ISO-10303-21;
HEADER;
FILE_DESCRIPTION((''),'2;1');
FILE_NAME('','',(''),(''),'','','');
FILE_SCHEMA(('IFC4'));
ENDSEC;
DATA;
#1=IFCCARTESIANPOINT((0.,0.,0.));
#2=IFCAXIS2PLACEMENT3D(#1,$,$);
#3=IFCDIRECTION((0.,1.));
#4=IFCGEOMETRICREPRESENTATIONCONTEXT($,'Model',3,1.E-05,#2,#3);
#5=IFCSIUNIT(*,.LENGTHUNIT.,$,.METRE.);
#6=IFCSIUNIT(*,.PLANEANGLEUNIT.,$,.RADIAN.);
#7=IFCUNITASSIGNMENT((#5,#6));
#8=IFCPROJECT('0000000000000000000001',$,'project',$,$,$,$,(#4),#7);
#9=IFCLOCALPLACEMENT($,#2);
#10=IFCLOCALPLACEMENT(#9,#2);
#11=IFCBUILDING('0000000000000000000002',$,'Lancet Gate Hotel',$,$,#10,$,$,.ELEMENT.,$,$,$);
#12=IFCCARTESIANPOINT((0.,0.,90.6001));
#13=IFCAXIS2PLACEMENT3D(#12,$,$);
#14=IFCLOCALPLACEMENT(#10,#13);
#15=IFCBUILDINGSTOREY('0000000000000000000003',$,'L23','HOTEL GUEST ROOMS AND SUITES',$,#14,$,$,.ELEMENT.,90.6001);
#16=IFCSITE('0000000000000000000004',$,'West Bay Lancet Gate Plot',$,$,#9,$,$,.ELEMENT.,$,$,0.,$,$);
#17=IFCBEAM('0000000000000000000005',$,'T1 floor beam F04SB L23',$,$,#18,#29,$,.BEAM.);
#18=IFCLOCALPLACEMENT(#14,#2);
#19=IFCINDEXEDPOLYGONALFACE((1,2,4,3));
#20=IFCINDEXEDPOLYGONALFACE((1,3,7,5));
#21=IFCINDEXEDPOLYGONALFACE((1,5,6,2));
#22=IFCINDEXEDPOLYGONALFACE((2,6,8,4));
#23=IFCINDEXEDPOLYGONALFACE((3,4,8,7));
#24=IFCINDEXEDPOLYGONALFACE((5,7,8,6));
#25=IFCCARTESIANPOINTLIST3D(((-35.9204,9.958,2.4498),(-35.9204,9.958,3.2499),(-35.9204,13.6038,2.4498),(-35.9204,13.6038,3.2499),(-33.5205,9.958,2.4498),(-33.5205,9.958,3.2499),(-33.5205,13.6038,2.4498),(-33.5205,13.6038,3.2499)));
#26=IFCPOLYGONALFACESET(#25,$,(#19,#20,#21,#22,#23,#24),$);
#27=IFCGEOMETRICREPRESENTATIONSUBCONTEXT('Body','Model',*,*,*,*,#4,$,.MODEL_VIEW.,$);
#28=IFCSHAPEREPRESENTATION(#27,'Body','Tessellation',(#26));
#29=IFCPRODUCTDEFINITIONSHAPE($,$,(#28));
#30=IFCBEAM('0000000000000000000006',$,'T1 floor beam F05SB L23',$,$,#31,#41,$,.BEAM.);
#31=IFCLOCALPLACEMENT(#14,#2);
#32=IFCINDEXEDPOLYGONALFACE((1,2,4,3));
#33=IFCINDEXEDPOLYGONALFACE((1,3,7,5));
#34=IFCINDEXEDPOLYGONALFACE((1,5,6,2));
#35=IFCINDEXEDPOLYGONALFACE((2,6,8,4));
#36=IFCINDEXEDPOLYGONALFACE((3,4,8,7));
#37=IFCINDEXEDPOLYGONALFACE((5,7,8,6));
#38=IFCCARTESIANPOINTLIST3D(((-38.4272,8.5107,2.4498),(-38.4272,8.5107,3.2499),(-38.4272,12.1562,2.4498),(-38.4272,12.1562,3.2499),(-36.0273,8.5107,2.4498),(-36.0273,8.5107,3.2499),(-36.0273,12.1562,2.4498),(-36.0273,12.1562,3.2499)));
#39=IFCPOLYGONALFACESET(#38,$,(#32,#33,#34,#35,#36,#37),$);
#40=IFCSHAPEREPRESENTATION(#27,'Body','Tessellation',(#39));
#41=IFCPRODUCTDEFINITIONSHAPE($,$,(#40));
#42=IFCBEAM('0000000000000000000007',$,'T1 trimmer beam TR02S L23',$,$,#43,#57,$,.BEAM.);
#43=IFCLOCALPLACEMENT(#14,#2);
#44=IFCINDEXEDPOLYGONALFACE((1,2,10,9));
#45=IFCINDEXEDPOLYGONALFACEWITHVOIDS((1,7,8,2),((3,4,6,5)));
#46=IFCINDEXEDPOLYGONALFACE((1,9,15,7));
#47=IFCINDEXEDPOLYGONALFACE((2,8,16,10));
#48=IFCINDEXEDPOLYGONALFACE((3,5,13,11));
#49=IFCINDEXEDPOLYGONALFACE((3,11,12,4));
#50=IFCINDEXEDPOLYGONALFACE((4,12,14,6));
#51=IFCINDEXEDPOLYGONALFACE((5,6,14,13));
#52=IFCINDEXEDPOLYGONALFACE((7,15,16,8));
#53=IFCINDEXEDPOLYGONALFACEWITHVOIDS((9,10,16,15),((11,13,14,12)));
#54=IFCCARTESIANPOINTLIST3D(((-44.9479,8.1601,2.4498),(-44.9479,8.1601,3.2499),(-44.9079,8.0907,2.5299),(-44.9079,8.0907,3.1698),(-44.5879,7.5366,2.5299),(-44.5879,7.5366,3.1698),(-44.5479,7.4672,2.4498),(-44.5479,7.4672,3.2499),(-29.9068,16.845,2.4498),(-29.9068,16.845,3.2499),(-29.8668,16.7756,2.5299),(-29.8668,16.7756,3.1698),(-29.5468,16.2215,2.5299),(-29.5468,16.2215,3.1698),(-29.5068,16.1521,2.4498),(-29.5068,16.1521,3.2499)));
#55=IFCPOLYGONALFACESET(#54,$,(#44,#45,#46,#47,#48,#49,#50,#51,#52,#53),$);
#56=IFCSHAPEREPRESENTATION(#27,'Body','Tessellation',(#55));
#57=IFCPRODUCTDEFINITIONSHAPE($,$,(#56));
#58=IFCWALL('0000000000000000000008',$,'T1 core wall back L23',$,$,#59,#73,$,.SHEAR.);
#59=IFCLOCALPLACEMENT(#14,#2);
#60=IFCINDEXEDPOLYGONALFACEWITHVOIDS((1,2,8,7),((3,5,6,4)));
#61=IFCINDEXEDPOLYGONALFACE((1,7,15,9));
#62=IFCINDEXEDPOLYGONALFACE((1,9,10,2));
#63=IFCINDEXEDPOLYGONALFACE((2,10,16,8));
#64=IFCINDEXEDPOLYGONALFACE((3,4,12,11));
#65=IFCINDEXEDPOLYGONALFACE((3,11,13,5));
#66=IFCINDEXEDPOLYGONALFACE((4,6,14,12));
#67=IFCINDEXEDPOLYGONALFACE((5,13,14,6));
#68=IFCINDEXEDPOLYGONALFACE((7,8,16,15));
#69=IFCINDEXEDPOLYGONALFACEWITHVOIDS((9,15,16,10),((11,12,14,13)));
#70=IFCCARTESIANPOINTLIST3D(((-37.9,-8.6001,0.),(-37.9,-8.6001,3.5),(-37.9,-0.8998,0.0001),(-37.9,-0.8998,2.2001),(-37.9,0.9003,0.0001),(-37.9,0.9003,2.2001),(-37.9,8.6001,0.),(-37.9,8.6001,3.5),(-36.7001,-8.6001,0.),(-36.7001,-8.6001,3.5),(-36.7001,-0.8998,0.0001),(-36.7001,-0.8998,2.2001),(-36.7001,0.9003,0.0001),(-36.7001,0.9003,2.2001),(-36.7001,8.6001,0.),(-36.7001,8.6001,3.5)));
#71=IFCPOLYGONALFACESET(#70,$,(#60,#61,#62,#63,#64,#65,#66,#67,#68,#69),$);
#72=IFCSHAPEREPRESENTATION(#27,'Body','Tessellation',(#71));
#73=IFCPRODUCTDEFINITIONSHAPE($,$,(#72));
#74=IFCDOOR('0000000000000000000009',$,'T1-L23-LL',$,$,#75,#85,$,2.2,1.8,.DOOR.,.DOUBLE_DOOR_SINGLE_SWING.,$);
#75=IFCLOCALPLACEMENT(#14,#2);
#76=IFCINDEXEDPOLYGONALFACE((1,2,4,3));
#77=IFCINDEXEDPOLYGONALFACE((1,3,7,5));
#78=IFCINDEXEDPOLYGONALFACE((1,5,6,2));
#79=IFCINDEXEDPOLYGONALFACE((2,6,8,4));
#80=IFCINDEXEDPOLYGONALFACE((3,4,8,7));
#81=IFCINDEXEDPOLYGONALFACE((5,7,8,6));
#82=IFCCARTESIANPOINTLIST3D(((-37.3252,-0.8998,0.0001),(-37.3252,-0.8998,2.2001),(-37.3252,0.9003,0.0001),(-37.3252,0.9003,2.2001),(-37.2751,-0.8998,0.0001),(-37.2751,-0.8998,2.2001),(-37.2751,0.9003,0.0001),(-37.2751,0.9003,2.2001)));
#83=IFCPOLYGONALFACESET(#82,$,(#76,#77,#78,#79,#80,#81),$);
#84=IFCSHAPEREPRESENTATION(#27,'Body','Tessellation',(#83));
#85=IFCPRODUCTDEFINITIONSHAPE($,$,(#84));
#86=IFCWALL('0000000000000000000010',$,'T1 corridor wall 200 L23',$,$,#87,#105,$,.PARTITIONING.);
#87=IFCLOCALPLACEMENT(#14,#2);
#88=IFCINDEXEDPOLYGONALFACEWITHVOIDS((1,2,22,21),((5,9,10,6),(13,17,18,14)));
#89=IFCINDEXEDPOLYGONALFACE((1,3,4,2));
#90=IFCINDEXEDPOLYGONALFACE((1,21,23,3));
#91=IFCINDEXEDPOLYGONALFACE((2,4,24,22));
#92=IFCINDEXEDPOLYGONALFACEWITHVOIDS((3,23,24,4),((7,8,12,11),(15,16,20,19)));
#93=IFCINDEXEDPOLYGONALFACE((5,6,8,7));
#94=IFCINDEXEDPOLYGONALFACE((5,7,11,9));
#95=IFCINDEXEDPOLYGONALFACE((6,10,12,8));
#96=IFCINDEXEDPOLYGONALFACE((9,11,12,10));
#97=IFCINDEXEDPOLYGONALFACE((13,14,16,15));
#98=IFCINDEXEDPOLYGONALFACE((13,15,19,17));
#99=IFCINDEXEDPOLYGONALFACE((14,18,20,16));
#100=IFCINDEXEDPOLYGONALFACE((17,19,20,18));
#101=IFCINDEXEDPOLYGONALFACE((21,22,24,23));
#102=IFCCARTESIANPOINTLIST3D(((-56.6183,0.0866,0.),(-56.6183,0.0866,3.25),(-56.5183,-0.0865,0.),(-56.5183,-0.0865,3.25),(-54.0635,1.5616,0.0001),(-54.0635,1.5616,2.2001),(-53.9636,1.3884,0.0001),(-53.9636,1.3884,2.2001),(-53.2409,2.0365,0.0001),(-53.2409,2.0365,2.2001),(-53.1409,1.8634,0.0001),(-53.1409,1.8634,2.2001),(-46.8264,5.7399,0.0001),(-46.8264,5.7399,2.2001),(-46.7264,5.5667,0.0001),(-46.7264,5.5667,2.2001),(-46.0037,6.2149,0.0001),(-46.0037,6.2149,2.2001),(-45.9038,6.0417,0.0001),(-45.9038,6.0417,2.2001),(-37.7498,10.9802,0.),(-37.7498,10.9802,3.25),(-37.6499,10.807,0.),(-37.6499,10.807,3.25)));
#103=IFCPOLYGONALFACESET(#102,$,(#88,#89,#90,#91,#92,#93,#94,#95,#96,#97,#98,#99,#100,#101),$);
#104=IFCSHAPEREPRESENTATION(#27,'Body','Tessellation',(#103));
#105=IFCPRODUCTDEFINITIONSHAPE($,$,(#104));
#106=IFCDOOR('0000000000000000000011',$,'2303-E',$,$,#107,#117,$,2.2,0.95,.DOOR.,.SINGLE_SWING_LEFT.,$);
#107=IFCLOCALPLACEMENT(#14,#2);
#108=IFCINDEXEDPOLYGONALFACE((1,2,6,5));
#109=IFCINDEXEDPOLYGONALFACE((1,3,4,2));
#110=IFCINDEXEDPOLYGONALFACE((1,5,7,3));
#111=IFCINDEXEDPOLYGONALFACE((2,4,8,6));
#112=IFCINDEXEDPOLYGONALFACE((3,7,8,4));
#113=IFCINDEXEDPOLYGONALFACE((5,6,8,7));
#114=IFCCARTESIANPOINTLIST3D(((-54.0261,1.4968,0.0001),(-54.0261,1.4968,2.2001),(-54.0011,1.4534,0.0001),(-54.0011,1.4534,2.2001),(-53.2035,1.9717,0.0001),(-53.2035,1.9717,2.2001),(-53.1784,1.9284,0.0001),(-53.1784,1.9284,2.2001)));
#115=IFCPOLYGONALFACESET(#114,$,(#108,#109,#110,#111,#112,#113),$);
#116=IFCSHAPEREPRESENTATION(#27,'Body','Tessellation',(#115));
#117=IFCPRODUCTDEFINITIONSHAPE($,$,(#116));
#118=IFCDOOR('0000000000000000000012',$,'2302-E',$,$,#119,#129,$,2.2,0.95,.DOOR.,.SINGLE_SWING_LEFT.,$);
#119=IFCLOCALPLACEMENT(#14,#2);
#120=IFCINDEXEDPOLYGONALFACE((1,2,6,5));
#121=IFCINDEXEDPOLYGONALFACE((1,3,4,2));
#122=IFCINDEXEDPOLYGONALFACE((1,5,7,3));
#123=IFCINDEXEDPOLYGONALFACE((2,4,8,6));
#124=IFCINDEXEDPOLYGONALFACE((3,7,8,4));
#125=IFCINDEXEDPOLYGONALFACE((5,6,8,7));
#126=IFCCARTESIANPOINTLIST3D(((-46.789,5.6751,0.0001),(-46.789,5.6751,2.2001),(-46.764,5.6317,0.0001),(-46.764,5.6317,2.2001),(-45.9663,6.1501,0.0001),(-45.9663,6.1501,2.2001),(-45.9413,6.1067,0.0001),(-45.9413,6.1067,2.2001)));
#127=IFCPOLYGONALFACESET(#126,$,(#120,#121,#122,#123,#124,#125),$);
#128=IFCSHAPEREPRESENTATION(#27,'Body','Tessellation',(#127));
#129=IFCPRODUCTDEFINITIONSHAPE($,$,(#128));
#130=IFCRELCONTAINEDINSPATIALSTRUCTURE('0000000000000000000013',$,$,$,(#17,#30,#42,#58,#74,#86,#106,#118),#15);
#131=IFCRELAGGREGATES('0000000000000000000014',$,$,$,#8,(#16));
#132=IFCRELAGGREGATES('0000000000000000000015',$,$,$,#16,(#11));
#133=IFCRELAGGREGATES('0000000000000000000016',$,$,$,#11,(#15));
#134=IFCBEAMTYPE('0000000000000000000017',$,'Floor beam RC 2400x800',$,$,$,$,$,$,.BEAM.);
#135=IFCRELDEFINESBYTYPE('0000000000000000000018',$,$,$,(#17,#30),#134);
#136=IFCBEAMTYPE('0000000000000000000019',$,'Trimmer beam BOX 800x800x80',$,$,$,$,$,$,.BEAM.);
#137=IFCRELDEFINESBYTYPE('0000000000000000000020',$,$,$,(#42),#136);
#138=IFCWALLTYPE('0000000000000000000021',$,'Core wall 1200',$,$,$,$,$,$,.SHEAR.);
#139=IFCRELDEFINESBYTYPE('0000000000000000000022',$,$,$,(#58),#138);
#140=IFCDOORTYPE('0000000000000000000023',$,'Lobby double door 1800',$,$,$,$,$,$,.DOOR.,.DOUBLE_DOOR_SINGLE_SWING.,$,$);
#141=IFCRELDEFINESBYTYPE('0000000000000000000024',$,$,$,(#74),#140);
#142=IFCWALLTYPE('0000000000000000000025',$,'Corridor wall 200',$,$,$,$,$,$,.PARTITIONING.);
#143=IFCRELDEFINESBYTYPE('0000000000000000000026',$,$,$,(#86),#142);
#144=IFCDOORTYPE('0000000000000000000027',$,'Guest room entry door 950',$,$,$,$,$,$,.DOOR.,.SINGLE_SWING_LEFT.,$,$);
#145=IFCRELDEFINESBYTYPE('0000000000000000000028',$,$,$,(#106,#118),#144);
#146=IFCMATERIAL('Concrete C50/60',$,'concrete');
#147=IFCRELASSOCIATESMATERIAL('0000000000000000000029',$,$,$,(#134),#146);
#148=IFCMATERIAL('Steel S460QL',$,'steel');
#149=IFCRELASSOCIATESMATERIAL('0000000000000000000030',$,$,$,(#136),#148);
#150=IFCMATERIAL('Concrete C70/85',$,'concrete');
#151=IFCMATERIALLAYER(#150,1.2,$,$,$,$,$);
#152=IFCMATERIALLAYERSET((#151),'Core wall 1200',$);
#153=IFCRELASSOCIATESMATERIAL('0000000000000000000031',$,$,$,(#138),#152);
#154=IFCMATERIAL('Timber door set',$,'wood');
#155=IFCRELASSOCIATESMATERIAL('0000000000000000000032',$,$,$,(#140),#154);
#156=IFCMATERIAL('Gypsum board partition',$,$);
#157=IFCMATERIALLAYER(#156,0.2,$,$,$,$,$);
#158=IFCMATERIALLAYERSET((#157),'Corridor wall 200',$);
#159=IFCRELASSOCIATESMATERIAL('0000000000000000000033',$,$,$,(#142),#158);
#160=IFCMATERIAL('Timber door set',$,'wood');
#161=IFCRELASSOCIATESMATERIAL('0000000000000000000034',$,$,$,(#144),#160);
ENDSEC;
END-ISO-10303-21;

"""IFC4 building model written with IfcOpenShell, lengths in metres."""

from ifc_helpers import new_model, si_unit, direction, frame, frame_2d, origin, origin_2d, place, context, subcontext, project, spatial, rectangle, hollow_rectangle, extrude, material, layer, layer_set, material_profile, profile_set, type_object, element, fill, save


model = new_model("IFC4")

# Units and contexts
model_context = context("Model", 3, precision=1e-05, world=origin(), true_north=direction((0.0, 1.0)))
body_context = subcontext(model_context, "Body", "Model", "MODEL_VIEW")
ifc_project = project(units=[si_unit("LENGTHUNIT", "METRE"), si_unit("PLANEANGLEUNIT", "RADIAN")], contexts=[model_context])

# Site, building, storey
site_placement = place(None, origin())
site = spatial("IfcSite", under=ifc_project, at=site_placement, Name="West Bay Lancet Gate Plot", CompositionType="ELEMENT", RefElevation=0.0)
building_placement = place(site_placement, origin())
building = spatial("IfcBuilding", under=site, at=building_placement, Name="Lancet Gate Hotel", CompositionType="ELEMENT")
storey_placement = place(building_placement, frame((0.0, 0.0, 90.6001)))
storey = spatial("IfcBuildingStorey", under=building, at=storey_placement, Name="L23", Description="HOTEL GUEST ROOMS AND SUITES", CompositionType="ELEMENT", Elevation=90.6001)

# Beams
ifc_material_1 = material(Name="Concrete C50/60", Category="concrete")
ifc_material_profile_1 = material_profile(ifc_material_1, rectangle(XDim=2.3999, YDim=0.8, at=origin_2d()), Name="RC 2400x800")
ifc_profile_set_1 = profile_set([ifc_material_profile_1], Name="Concrete C50/60")
beam_type_1 = type_object("IfcBeamType", Name="Floor beam RC 2400x800", PredefinedType="BEAM", material=ifc_profile_set_1)
beam_1_placement = place(storey_placement, frame((-34.7205, 13.6038, 2.8499), z_axis=(0.0, -1.0, 0.0), x_axis=(1.0, 0.0, 0.0)))
element("IfcBeam", 1, at=beam_1_placement, inside=storey, type_object=beam_type_1, Name="T1 floor beam F04SB L23", PredefinedType="BEAM", context=body_context, shape_type="SweptSolid", body=[
    extrude(rectangle(XDim=2.3999, YDim=0.8, at=origin_2d()), origin(), (0.0, 0.0, 1.0), 3.6458),
])
beam_2_placement = place(storey_placement, frame((-37.2273, 12.1562, 2.8499), z_axis=(0.0, -1.0, 0.0), x_axis=(1.0, 0.0, 0.0)))
element("IfcBeam", 2, at=beam_2_placement, inside=storey, type_object=beam_type_1, Name="T1 floor beam F05SB L23", PredefinedType="BEAM", context=body_context, shape_type="SweptSolid", body=[
    extrude(rectangle(XDim=2.3999, YDim=0.8, at=origin_2d()), origin(), (0.0, 0.0, 1.0), 3.6455),
])
ifc_material_2 = material(Name="Steel S460QL", Category="steel")
ifc_material_profile_2 = material_profile(ifc_material_2, hollow_rectangle(XDim=0.8, YDim=0.8, WallThickness=0.0801, at=origin_2d()), Name="BOX 800x800x80")
ifc_profile_set_2 = profile_set([ifc_material_profile_2], Name="Steel S460QL")
beam_type_2 = type_object("IfcBeamType", Name="Trimmer beam BOX 800x800x80", PredefinedType="BEAM", material=ifc_profile_set_2)
beam_3_placement = place(storey_placement, frame((-29.7068, 16.4985, 2.8499), z_axis=(-0.866003, -0.500038, 0.0), x_axis=(0.500038, -0.866003, 0.0)))
element("IfcBeam", 3, at=beam_3_placement, inside=storey, type_object=beam_type_2, Name="T1 trimmer beam TR02S L23", PredefinedType="BEAM", context=body_context, shape_type="SweptSolid", body=[
    extrude(hollow_rectangle(XDim=0.8, YDim=0.8, WallThickness=0.0801, at=origin_2d()), origin(), (0.0, 0.0, 1.0), 17.3684),
])

# Wall, opening, door
ifc_material_3 = material(Name="Concrete C70/85", Category="concrete")
ifc_layer_1 = layer(ifc_material_3, 1.2)
ifc_layer_set_1 = layer_set([ifc_layer_1], Name="Core wall 1200")
wall_type_1 = type_object("IfcWallType", Name="Core wall 1200", PredefinedType="SHEAR", material=ifc_layer_set_1)
wall_1_placement = place(storey_placement, frame((-37.3, 8.6001, 0.0), z_axis=(0.0, 0.0, 1.0), x_axis=(0.0, -1.0, 0.0)))
wall_1 = element("IfcWall", 4, at=wall_1_placement, inside=storey, type_object=wall_type_1, Name="T1 core wall back L23", PredefinedType="SHEAR", context=body_context, shape_type="SweptSolid", body=[
    extrude(rectangle(XDim=17.2002, YDim=1.2, at=frame_2d((8.6001, 0.0))), origin(), (0.0, 0.0, 1.0), 3.5),
])
opening_1_placement = place(wall_1_placement, frame((7.7, 0.0, 0.0)))
opening_1 = element("IfcOpeningElement", 5, at=opening_1_placement, cuts=wall_1, PredefinedType="OPENING", context=body_context, shape_type="SweptSolid", body=[
    extrude(rectangle(XDim=1.8, YDim=2.2, at=frame_2d((0.8999, 1.1001))), frame((0.0, 0.6099, 0.0), z_axis=(0.0, -1.0, 0.0), x_axis=(1.0, 0.0, 0.0)), (0.0, 0.0, 1.0), 1.22),
])
ifc_material_4 = material(Name="Timber door set", Category="wood")
door_type_1 = type_object("IfcDoorType", Name="Lobby double door 1800", OperationType="DOUBLE_DOOR_SINGLE_SWING", PredefinedType="DOOR", material=ifc_material_4)
door_1_placement = place(opening_1_placement, origin())
door_1 = element("IfcDoor", 6, at=door_1_placement, inside=storey, type_object=door_type_1, Name="T1-L23-LL", OperationType="DOUBLE_DOOR_SINGLE_SWING", OverallHeight=2.2, OverallWidth=1.8, PredefinedType="DOOR", context=body_context, shape_type="SweptSolid", body=[
    extrude(rectangle(XDim=1.8, YDim=2.2, at=frame_2d((0.8999, 1.1001))), frame((0.0, 0.0249, 0.0), z_axis=(0.0, -1.0, 0.0), x_axis=(1.0, 0.0, 0.0)), (0.0, 0.0, 1.0), 0.05),
])
fill(opening_1, door_1)

# Wall, openings, doors
ifc_material_5 = material(Name="Gypsum board partition")
ifc_layer_2 = layer(ifc_material_5, 0.2)
ifc_layer_set_2 = layer_set([ifc_layer_2], Name="Corridor wall 200")
wall_type_2 = type_object("IfcWallType", Name="Corridor wall 200", PredefinedType="PARTITIONING", material=ifc_layer_set_2)
wall_2_placement = place(storey_placement, frame((-37.7, 10.8936, 0.0), z_axis=(0.0, 0.0, 1.0), x_axis=(-0.866028, -0.499996, 0.0)))
wall_2 = element("IfcWall", 7, at=wall_2_placement, inside=storey, type_object=wall_type_2, Name="T1 corridor wall 200 L23", PredefinedType="PARTITIONING", context=body_context, shape_type="SweptSolid", body=[
    extrude(rectangle(XDim=21.7874, YDim=0.2, at=frame_2d((10.8936, 0.0))), origin(), (0.0, 0.0, 1.0), 3.25),
])
opening_2_placement = place(wall_2_placement, frame((17.8872, 0.0, 0.0)))
opening_2 = element("IfcOpeningElement", 8, at=opening_2_placement, cuts=wall_2, PredefinedType="OPENING", context=body_context, shape_type="SweptSolid", body=[
    extrude(rectangle(XDim=0.95, YDim=2.2, at=frame_2d((0.4751, 1.1001))), frame((0.0, 0.1099, 0.0), z_axis=(0.0, -1.0, 0.0), x_axis=(1.0, 0.0, 0.0)), (0.0, 0.0, 1.0), 0.22),
])
opening_3_placement = place(wall_2_placement, frame((9.5305, 0.0, 0.0)))
opening_3 = element("IfcOpeningElement", 9, at=opening_3_placement, cuts=wall_2, PredefinedType="OPENING", context=body_context, shape_type="SweptSolid", body=[
    extrude(rectangle(XDim=0.95, YDim=2.2, at=frame_2d((0.4751, 1.1001))), frame((0.0, 0.1099, 0.0), z_axis=(0.0, -1.0, 0.0), x_axis=(1.0, 0.0, 0.0)), (0.0, 0.0, 1.0), 0.22),
])
ifc_material_6 = material(Name="Timber door set", Category="wood")
door_type_2 = type_object("IfcDoorType", Name="Guest room entry door 950", OperationType="SINGLE_SWING_LEFT", PredefinedType="DOOR", material=ifc_material_6)
door_2_placement = place(opening_2_placement, origin())
door_2 = element("IfcDoor", 10, at=door_2_placement, inside=storey, type_object=door_type_2, Name="2303-E", OperationType="SINGLE_SWING_LEFT", OverallHeight=2.2, OverallWidth=0.95, PredefinedType="DOOR", context=body_context, shape_type="SweptSolid", body=[
    extrude(rectangle(XDim=0.95, YDim=2.2, at=frame_2d((0.4751, 1.1001))), frame((0.0, 0.0249, 0.0), z_axis=(0.0, -1.0, 0.0), x_axis=(1.0, 0.0, 0.0)), (0.0, 0.0, 1.0), 0.05),
])
fill(opening_2, door_2)
door_3_placement = place(opening_3_placement, origin())
door_3 = element("IfcDoor", 11, at=door_3_placement, inside=storey, type_object=door_type_2, Name="2302-E", OperationType="SINGLE_SWING_LEFT", OverallHeight=2.2, OverallWidth=0.95, PredefinedType="DOOR", context=body_context, shape_type="SweptSolid", body=[
    extrude(rectangle(XDim=0.95, YDim=2.2, at=frame_2d((0.4751, 1.1001))), frame((0.0, 0.0249, 0.0), z_axis=(0.0, -1.0, 0.0), x_axis=(1.0, 0.0, 0.0)), (0.0, 0.0, 1.0), 0.05),
])
fill(opening_3, door_3)

save(model, "model.ifc")
